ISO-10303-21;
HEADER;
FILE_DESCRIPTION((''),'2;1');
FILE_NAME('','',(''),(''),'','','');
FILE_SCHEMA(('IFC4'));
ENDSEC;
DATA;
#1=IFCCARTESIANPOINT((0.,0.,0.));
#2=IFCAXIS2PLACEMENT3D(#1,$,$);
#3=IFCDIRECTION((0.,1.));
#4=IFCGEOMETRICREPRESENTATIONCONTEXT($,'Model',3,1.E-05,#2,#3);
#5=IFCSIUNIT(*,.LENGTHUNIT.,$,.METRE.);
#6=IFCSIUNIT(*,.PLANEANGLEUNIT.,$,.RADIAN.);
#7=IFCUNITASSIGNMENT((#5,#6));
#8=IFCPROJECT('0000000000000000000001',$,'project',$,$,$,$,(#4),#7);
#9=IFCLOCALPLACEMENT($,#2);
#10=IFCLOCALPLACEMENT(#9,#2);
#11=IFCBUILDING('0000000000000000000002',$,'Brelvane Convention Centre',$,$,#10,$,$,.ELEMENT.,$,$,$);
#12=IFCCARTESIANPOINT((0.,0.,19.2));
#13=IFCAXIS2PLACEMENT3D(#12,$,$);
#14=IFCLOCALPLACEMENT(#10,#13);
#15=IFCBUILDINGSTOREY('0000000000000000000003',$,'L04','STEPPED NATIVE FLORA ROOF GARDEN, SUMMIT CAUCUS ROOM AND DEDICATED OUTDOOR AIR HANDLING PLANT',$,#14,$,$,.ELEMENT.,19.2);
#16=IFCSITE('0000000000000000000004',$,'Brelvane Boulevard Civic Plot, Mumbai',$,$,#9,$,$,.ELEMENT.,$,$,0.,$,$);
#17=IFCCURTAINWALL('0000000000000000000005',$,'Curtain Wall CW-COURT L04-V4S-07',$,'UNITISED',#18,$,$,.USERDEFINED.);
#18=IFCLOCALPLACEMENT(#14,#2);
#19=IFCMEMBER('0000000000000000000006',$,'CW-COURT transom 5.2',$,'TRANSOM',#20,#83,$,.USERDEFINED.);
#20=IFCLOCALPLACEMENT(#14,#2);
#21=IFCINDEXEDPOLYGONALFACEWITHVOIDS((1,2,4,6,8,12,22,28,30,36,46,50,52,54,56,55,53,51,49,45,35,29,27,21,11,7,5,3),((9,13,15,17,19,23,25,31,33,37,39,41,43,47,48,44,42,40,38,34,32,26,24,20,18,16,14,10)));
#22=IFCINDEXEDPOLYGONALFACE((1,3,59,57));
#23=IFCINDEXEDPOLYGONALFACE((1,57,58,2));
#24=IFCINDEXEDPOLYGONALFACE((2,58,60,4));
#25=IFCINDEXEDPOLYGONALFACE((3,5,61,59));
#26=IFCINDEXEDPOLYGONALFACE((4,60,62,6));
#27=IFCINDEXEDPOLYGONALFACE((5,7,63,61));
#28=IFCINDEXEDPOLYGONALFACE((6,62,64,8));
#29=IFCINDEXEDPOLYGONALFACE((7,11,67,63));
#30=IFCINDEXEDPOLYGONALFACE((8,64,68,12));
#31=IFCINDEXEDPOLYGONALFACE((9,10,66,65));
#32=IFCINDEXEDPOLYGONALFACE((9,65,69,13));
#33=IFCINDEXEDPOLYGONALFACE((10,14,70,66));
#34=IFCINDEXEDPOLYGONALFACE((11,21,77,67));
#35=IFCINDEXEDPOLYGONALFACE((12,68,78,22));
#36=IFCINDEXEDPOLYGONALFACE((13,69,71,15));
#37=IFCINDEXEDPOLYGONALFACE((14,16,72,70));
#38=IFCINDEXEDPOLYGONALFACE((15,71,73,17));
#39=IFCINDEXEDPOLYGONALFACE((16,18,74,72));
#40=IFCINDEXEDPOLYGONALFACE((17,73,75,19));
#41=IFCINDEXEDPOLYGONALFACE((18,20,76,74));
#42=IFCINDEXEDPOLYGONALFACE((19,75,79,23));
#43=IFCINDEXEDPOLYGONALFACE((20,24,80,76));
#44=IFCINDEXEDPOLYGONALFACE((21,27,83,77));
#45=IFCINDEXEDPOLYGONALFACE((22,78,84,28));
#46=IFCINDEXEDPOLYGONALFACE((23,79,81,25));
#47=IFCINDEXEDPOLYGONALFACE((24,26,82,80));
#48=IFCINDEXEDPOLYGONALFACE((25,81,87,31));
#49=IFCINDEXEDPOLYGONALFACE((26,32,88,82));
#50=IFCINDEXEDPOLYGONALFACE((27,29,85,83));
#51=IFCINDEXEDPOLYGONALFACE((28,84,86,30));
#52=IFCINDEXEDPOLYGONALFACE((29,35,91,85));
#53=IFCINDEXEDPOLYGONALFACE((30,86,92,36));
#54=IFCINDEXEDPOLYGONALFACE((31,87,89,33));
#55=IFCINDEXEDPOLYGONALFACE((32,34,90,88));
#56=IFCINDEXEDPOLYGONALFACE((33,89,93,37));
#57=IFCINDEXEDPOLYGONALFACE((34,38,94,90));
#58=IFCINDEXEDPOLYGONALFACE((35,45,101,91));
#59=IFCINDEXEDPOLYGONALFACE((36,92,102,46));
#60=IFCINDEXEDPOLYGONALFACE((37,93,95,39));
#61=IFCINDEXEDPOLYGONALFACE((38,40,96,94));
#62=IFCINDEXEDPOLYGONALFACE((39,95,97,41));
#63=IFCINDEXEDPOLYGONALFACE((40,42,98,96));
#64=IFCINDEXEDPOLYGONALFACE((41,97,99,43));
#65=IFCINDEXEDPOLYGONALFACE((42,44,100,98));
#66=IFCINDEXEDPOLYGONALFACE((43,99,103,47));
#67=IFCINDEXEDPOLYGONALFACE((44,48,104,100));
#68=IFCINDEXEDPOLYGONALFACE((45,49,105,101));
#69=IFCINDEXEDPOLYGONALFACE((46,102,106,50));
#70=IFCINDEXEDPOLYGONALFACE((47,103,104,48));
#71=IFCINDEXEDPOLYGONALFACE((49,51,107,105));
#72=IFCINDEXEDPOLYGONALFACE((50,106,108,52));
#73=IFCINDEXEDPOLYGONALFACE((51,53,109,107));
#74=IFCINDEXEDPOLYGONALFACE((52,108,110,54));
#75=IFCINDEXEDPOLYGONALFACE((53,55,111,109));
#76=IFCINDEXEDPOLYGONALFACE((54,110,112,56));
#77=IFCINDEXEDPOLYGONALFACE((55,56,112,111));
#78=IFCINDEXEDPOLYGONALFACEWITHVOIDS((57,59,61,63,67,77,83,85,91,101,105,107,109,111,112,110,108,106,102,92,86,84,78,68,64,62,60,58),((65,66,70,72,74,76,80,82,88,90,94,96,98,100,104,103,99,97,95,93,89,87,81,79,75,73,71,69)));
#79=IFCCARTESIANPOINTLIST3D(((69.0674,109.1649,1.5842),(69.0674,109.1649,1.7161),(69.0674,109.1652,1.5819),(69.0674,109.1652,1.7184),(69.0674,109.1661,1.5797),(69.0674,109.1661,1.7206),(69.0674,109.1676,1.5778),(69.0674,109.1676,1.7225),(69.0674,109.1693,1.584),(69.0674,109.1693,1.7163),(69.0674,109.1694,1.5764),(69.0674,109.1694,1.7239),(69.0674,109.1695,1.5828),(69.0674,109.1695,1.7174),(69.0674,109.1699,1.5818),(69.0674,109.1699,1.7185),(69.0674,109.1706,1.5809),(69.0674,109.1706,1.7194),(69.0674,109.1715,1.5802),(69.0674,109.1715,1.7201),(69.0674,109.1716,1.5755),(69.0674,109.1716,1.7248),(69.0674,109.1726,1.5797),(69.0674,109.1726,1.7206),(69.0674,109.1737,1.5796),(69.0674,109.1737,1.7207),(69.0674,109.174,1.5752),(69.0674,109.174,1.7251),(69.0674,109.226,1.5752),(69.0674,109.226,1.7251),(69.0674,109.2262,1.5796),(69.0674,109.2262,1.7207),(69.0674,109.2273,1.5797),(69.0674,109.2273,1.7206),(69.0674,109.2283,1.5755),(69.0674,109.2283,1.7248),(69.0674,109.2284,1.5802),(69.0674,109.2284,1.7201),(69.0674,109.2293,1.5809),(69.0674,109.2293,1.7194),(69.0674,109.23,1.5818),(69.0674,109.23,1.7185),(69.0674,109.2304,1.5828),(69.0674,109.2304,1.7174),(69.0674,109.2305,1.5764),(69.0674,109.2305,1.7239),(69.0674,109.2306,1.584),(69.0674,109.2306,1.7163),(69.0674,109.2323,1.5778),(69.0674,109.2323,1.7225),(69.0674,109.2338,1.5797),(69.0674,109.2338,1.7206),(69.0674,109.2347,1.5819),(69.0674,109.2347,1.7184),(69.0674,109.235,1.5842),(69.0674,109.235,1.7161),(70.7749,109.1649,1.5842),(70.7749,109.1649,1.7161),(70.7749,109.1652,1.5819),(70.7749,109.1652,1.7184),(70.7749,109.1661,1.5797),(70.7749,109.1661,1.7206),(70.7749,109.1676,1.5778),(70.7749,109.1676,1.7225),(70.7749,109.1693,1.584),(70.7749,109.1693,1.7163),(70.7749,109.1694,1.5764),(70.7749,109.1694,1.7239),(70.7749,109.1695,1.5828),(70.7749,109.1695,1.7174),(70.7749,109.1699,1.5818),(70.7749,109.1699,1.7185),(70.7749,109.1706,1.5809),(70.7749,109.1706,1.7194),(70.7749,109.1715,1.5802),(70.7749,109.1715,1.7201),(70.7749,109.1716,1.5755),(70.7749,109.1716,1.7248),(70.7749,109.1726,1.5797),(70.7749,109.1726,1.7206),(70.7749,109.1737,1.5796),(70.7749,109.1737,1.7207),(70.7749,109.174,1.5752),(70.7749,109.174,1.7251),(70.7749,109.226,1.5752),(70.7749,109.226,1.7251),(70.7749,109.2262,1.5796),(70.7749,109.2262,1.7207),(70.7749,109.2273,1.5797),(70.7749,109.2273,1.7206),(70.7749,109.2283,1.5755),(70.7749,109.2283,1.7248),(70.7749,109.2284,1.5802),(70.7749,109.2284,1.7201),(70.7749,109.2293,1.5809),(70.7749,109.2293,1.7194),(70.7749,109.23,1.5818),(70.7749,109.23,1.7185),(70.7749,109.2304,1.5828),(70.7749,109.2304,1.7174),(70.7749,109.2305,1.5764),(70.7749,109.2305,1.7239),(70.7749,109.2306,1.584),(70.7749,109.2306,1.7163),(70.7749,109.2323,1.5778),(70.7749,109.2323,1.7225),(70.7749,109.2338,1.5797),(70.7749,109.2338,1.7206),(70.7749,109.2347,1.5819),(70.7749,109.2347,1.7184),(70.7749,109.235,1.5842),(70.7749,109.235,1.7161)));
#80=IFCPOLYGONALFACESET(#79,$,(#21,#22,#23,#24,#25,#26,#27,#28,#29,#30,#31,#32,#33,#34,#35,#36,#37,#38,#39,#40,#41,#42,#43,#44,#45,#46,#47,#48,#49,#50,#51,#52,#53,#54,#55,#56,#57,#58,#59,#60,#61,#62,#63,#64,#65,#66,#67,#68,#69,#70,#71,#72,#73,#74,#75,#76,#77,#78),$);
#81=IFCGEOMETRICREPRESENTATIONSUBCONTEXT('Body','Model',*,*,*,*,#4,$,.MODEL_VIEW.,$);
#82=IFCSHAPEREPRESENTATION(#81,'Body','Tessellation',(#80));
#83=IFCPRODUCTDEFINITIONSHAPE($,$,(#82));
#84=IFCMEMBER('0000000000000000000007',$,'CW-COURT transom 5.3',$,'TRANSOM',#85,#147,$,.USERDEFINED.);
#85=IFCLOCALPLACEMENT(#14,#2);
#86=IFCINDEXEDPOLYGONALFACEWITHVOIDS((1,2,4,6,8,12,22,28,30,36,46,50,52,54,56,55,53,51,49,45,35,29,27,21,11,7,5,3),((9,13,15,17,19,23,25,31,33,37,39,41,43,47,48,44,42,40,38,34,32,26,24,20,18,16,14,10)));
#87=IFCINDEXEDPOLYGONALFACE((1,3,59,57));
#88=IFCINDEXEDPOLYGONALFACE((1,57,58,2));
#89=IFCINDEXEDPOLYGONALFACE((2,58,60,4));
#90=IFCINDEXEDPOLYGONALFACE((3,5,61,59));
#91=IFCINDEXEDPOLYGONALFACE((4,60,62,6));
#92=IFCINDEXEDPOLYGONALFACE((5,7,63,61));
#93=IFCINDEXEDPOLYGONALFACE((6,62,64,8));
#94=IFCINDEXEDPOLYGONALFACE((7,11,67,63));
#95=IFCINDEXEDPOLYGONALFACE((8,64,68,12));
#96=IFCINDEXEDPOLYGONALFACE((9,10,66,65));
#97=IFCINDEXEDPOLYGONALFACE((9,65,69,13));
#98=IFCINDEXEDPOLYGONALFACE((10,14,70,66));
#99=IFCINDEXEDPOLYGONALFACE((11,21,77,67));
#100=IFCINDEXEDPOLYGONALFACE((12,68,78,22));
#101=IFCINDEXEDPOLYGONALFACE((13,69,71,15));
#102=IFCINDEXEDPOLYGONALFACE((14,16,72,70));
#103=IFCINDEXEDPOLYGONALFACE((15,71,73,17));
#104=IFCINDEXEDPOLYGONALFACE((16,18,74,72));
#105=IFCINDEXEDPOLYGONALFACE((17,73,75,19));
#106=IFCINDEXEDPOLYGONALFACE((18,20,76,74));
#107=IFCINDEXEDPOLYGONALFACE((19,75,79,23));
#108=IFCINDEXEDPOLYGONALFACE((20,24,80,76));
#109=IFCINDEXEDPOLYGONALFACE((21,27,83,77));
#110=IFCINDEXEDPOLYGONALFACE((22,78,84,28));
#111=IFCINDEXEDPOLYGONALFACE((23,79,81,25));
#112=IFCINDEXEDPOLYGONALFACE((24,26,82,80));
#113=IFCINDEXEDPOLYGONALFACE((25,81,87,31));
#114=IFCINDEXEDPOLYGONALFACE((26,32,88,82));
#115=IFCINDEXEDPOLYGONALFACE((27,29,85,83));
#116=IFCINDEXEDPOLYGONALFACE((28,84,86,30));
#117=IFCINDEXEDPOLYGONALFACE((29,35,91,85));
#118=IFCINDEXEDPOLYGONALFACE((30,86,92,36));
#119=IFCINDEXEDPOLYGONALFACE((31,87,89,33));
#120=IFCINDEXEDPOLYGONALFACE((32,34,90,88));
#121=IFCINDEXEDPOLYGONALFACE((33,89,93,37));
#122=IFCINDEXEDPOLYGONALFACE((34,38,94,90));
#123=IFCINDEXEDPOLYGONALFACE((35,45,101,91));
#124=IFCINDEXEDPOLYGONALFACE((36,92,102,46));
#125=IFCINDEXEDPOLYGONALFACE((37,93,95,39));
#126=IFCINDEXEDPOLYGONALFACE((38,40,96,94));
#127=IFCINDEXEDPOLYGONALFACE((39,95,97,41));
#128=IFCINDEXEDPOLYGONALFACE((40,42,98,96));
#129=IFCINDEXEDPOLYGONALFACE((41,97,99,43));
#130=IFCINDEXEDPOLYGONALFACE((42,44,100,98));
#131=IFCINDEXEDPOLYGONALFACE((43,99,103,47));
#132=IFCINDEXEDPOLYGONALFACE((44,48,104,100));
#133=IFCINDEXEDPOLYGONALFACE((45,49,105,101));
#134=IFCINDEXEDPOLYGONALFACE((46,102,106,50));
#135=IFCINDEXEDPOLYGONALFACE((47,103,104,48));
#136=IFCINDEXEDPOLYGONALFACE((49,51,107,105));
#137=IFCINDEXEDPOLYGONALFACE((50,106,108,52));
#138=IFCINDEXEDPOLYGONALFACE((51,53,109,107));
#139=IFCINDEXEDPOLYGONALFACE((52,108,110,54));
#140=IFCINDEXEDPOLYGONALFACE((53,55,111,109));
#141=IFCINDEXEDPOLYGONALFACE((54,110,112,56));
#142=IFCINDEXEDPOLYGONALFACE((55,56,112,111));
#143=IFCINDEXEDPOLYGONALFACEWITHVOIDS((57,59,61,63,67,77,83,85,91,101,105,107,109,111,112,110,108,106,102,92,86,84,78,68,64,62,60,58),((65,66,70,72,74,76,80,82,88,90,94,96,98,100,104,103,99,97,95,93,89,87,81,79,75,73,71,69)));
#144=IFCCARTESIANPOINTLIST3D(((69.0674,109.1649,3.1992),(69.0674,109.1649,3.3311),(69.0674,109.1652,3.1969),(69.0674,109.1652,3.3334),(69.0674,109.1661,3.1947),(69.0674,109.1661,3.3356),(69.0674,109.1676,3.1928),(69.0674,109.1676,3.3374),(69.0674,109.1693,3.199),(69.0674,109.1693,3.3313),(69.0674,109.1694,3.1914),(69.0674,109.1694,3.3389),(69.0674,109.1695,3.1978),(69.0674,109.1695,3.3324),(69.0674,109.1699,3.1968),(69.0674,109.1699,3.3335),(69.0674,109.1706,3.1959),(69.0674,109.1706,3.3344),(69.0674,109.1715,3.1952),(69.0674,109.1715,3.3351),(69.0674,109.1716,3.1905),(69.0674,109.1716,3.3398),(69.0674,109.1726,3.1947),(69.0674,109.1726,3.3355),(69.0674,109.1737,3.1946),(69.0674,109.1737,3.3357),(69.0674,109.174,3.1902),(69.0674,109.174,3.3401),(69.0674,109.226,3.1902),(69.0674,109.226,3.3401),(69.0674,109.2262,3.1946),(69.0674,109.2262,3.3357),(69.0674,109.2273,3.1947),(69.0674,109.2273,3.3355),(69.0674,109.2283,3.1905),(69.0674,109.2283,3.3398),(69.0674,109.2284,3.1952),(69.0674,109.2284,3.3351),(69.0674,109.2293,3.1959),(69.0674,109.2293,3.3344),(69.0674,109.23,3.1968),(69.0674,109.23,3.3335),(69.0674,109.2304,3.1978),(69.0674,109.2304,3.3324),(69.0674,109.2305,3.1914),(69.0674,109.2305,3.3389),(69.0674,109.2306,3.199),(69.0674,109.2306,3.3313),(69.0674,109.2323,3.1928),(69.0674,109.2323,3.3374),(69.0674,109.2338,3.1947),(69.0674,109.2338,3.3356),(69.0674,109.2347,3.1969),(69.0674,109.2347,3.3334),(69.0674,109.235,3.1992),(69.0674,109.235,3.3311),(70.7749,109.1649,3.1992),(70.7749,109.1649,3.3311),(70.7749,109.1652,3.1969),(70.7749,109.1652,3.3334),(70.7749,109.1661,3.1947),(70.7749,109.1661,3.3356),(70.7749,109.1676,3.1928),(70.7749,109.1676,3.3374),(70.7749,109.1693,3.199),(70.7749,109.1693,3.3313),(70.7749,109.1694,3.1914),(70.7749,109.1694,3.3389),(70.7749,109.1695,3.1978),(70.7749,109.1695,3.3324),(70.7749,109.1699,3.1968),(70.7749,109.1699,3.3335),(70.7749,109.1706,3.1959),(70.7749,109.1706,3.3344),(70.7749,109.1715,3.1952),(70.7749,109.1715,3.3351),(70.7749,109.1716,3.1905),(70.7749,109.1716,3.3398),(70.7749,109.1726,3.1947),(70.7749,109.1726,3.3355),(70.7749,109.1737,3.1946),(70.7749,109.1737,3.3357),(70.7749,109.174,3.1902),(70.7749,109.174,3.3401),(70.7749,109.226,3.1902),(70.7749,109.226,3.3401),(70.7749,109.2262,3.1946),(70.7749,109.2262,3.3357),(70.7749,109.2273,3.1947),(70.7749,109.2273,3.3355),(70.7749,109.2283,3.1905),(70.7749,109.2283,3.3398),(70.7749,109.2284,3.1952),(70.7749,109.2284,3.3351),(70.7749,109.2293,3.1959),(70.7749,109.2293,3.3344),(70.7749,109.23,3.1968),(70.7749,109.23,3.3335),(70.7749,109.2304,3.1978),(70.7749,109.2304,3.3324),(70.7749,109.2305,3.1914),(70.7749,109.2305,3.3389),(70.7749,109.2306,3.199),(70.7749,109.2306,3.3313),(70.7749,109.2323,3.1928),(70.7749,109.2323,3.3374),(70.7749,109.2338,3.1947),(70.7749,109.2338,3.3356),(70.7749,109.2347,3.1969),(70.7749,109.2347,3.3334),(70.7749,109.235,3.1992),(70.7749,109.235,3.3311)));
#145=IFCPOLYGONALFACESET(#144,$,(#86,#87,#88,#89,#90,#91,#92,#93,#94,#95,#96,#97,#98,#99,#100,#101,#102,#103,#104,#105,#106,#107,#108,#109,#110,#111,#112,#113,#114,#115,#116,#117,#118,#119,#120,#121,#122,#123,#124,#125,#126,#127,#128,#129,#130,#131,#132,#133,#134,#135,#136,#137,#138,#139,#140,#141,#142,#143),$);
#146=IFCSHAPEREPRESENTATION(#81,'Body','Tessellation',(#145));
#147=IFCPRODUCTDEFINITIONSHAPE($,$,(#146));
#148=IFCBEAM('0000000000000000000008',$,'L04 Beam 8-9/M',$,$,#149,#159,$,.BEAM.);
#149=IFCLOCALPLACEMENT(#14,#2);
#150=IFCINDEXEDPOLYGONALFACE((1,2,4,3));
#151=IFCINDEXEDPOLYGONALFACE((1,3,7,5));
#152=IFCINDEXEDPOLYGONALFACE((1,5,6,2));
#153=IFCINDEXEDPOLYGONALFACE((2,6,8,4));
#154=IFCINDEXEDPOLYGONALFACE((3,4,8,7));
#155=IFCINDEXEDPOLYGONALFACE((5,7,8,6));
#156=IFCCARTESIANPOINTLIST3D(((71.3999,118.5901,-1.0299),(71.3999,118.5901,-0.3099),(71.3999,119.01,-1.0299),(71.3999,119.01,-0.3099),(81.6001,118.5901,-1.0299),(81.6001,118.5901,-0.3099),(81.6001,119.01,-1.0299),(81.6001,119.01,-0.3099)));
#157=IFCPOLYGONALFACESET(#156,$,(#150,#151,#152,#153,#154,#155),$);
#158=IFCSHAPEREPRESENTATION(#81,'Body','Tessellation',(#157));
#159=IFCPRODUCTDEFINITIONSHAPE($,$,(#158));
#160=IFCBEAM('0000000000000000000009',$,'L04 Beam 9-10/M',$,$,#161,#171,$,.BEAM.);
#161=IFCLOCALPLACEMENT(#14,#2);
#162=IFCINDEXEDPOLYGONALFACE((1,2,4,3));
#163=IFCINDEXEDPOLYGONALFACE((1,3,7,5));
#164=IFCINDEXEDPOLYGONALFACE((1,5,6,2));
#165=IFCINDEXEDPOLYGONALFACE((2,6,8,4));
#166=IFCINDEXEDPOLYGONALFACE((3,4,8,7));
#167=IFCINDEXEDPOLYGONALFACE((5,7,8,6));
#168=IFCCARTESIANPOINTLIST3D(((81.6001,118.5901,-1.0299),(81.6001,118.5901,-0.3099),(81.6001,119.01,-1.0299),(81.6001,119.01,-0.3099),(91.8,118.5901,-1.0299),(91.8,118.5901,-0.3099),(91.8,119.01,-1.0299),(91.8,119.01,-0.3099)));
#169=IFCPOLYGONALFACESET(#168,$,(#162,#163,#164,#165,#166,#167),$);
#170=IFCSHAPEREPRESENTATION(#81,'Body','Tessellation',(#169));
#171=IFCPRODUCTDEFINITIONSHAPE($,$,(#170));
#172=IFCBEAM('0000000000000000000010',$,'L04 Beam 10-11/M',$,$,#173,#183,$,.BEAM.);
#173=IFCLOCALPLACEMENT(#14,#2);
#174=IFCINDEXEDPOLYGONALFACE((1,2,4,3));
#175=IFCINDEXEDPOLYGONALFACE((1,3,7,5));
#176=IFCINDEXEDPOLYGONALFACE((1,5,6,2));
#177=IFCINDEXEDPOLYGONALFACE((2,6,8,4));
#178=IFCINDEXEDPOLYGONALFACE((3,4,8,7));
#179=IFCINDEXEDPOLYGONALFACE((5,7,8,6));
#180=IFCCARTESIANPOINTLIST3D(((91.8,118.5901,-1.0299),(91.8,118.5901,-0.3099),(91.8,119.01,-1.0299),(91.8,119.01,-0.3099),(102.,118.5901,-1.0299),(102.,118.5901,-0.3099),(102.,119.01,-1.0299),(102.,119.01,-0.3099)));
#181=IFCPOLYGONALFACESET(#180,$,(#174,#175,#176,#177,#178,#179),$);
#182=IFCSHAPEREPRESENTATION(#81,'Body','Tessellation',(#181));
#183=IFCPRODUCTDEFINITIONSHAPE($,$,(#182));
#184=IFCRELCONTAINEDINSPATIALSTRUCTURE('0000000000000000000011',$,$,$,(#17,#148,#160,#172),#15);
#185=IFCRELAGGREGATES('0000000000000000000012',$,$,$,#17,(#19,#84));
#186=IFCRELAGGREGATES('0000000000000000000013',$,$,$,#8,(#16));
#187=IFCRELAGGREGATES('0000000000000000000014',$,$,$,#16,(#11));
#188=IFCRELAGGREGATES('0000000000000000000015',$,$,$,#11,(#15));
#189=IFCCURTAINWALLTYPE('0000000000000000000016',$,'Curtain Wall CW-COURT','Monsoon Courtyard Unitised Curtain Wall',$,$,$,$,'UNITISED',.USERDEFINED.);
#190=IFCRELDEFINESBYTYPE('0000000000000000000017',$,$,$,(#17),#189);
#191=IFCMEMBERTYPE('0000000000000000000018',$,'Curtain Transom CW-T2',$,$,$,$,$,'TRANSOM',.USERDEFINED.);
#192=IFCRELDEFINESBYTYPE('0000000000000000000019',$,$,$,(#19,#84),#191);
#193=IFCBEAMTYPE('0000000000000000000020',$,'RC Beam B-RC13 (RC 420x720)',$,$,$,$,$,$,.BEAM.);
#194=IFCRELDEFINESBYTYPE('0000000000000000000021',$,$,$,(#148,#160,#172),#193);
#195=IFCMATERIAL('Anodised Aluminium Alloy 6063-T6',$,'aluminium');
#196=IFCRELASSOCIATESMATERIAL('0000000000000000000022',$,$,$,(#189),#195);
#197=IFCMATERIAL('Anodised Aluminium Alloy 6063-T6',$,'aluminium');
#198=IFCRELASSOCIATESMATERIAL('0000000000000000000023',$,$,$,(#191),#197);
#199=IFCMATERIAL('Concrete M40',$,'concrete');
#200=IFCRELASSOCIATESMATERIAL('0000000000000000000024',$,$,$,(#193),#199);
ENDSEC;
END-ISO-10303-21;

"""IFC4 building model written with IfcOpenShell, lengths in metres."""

from ifc_helpers import new_model, si_unit, direction, frame, origin, origin_2d, place, context, subcontext, project, spatial, rectangle, hollow_rectangle, extrude, material, material_profile, profile_set, type_object, element, aggregate, save


model = new_model("IFC4")

# Units and contexts
model_context = context("Model", 3, precision=1e-05, world=origin(), true_north=direction((0.0, 1.0)))
body_context = subcontext(model_context, "Body", "Model", "MODEL_VIEW")
ifc_project = project(units=[si_unit("LENGTHUNIT", "METRE"), si_unit("PLANEANGLEUNIT", "RADIAN")], contexts=[model_context])

# Site, building, storey
site_placement = place(None, origin())
site = spatial("IfcSite", under=ifc_project, at=site_placement, Name="Brelvane Boulevard Civic Plot, Mumbai", CompositionType="ELEMENT", RefElevation=0.0)
building_placement = place(site_placement, origin())
building = spatial("IfcBuilding", under=site, at=building_placement, Name="Brelvane Convention Centre", CompositionType="ELEMENT")
storey_placement = place(building_placement, frame((0.0, 0.0, 19.2)))
storey = spatial("IfcBuildingStorey", under=building, at=storey_placement, Name="L04", Description="STEPPED NATIVE FLORA ROOF GARDEN, SUMMIT CAUCUS ROOM AND DEDICATED OUTDOOR AIR HANDLING PLANT", CompositionType="ELEMENT", Elevation=19.2)

# Curtain wall, members
ifc_material_1 = material(Name="Anodised Aluminium Alloy 6063-T6", Category="aluminium")
curtain_wall_type = type_object("IfcCurtainWallType", Name="Curtain Wall CW-COURT", Description="Monsoon Courtyard Unitised Curtain Wall", ElementType="UNITISED", PredefinedType="USERDEFINED", material=ifc_material_1)
curtain_wall_placement = place(storey_placement, origin())
curtain_wall = element("IfcCurtainWall", 1, at=curtain_wall_placement, inside=storey, type_object=curtain_wall_type, Name="Curtain Wall CW-COURT L04-V4S-07", ObjectType="UNITISED", PredefinedType="USERDEFINED")
ifc_material_2 = material(Name="Anodised Aluminium Alloy 6063-T6", Category="aluminium")
ifc_material_profile_1 = material_profile(ifc_material_2, hollow_rectangle(XDim=0.0701, YDim=0.1499, WallThickness=0.0044, InnerFilletRadius=0.0044, OuterFilletRadius=0.009, at=origin_2d()), Name="ALU-T 150x70x4.5")
ifc_profile_set_1 = profile_set([ifc_material_profile_1], Name="Anodised Aluminium Alloy 6063-T6")
member_type_1 = type_object("IfcMemberType", Name="Curtain Transom CW-T2", ElementType="TRANSOM", PredefinedType="USERDEFINED", material=ifc_profile_set_1)
member_1_placement = place(storey_placement, frame((69.0674, 109.2, 1.6501), z_axis=(1.0, 0.0, 0.0), x_axis=(0.0, 1.0, 0.0)))
member_1 = element("IfcMember", 2, at=member_1_placement, type_object=member_type_1, Name="CW-COURT transom 5.2", ObjectType="TRANSOM", PredefinedType="USERDEFINED", context=body_context, shape_type="SweptSolid", body=[
    extrude(hollow_rectangle(XDim=0.0701, YDim=0.1499, WallThickness=0.0044, InnerFilletRadius=0.0044, OuterFilletRadius=0.009, at=origin_2d()), origin(), (0.0, 0.0, 1.0), 1.7075),
])
member_2_placement = place(storey_placement, frame((69.0674, 109.2, 3.2651), z_axis=(1.0, 0.0, 0.0), x_axis=(0.0, 1.0, 0.0)))
member_2 = element("IfcMember", 3, at=member_2_placement, type_object=member_type_1, Name="CW-COURT transom 5.3", ObjectType="TRANSOM", PredefinedType="USERDEFINED", context=body_context, shape_type="SweptSolid", body=[
    extrude(hollow_rectangle(XDim=0.0701, YDim=0.1499, WallThickness=0.0044, InnerFilletRadius=0.0044, OuterFilletRadius=0.009, at=origin_2d()), origin(), (0.0, 0.0, 1.0), 1.7075),
])

# Beams
ifc_material_3 = material(Name="Concrete M40", Category="concrete")
ifc_material_profile_2 = material_profile(ifc_material_3, rectangle(XDim=0.4199, YDim=0.72, at=origin_2d()), Name="RC 420x720")
ifc_profile_set_2 = profile_set([ifc_material_profile_2], Name="Concrete M40")
beam_type_1 = type_object("IfcBeamType", Name="RC Beam B-RC13 (RC 420x720)", PredefinedType="BEAM", material=ifc_profile_set_2)
beam_1_placement = place(storey_placement, frame((71.3999, 118.8, -0.6699), z_axis=(1.0, 0.0, 0.0), x_axis=(0.0, 1.0, 0.0)))
element("IfcBeam", 4, at=beam_1_placement, inside=storey, type_object=beam_type_1, Name="L04 Beam 8-9/M", PredefinedType="BEAM", context=body_context, shape_type="SweptSolid", body=[
    extrude(rectangle(XDim=0.4199, YDim=0.72, at=origin_2d()), origin(), (0.0, 0.0, 1.0), 10.2002),
])
for number, where, z_axis, x_axis, name in (
    (5, (81.6001, 118.8, -0.6699), (1.0, 0.0, 0.0), (0.0, 1.0, 0.0), "L04 Beam 9-10/M"),
    (6, (91.8, 118.8, -0.6699), (1.0, 0.0, 0.0), (0.0, 1.0, 0.0), "L04 Beam 10-11/M"),
):
    element("IfcBeam", number, at=place(storey_placement, frame(where, z_axis=z_axis, x_axis=x_axis)), inside=storey, type_object=beam_type_1, Name=name, PredefinedType="BEAM", context=body_context, shape_type="SweptSolid", body=[
        extrude(rectangle(XDim=0.4199, YDim=0.72, at=origin_2d()), origin(), (0.0, 0.0, 1.0), 10.2),
    ])

aggregate(curtain_wall, [member_1, member_2])

save(model, "model.ifc")
